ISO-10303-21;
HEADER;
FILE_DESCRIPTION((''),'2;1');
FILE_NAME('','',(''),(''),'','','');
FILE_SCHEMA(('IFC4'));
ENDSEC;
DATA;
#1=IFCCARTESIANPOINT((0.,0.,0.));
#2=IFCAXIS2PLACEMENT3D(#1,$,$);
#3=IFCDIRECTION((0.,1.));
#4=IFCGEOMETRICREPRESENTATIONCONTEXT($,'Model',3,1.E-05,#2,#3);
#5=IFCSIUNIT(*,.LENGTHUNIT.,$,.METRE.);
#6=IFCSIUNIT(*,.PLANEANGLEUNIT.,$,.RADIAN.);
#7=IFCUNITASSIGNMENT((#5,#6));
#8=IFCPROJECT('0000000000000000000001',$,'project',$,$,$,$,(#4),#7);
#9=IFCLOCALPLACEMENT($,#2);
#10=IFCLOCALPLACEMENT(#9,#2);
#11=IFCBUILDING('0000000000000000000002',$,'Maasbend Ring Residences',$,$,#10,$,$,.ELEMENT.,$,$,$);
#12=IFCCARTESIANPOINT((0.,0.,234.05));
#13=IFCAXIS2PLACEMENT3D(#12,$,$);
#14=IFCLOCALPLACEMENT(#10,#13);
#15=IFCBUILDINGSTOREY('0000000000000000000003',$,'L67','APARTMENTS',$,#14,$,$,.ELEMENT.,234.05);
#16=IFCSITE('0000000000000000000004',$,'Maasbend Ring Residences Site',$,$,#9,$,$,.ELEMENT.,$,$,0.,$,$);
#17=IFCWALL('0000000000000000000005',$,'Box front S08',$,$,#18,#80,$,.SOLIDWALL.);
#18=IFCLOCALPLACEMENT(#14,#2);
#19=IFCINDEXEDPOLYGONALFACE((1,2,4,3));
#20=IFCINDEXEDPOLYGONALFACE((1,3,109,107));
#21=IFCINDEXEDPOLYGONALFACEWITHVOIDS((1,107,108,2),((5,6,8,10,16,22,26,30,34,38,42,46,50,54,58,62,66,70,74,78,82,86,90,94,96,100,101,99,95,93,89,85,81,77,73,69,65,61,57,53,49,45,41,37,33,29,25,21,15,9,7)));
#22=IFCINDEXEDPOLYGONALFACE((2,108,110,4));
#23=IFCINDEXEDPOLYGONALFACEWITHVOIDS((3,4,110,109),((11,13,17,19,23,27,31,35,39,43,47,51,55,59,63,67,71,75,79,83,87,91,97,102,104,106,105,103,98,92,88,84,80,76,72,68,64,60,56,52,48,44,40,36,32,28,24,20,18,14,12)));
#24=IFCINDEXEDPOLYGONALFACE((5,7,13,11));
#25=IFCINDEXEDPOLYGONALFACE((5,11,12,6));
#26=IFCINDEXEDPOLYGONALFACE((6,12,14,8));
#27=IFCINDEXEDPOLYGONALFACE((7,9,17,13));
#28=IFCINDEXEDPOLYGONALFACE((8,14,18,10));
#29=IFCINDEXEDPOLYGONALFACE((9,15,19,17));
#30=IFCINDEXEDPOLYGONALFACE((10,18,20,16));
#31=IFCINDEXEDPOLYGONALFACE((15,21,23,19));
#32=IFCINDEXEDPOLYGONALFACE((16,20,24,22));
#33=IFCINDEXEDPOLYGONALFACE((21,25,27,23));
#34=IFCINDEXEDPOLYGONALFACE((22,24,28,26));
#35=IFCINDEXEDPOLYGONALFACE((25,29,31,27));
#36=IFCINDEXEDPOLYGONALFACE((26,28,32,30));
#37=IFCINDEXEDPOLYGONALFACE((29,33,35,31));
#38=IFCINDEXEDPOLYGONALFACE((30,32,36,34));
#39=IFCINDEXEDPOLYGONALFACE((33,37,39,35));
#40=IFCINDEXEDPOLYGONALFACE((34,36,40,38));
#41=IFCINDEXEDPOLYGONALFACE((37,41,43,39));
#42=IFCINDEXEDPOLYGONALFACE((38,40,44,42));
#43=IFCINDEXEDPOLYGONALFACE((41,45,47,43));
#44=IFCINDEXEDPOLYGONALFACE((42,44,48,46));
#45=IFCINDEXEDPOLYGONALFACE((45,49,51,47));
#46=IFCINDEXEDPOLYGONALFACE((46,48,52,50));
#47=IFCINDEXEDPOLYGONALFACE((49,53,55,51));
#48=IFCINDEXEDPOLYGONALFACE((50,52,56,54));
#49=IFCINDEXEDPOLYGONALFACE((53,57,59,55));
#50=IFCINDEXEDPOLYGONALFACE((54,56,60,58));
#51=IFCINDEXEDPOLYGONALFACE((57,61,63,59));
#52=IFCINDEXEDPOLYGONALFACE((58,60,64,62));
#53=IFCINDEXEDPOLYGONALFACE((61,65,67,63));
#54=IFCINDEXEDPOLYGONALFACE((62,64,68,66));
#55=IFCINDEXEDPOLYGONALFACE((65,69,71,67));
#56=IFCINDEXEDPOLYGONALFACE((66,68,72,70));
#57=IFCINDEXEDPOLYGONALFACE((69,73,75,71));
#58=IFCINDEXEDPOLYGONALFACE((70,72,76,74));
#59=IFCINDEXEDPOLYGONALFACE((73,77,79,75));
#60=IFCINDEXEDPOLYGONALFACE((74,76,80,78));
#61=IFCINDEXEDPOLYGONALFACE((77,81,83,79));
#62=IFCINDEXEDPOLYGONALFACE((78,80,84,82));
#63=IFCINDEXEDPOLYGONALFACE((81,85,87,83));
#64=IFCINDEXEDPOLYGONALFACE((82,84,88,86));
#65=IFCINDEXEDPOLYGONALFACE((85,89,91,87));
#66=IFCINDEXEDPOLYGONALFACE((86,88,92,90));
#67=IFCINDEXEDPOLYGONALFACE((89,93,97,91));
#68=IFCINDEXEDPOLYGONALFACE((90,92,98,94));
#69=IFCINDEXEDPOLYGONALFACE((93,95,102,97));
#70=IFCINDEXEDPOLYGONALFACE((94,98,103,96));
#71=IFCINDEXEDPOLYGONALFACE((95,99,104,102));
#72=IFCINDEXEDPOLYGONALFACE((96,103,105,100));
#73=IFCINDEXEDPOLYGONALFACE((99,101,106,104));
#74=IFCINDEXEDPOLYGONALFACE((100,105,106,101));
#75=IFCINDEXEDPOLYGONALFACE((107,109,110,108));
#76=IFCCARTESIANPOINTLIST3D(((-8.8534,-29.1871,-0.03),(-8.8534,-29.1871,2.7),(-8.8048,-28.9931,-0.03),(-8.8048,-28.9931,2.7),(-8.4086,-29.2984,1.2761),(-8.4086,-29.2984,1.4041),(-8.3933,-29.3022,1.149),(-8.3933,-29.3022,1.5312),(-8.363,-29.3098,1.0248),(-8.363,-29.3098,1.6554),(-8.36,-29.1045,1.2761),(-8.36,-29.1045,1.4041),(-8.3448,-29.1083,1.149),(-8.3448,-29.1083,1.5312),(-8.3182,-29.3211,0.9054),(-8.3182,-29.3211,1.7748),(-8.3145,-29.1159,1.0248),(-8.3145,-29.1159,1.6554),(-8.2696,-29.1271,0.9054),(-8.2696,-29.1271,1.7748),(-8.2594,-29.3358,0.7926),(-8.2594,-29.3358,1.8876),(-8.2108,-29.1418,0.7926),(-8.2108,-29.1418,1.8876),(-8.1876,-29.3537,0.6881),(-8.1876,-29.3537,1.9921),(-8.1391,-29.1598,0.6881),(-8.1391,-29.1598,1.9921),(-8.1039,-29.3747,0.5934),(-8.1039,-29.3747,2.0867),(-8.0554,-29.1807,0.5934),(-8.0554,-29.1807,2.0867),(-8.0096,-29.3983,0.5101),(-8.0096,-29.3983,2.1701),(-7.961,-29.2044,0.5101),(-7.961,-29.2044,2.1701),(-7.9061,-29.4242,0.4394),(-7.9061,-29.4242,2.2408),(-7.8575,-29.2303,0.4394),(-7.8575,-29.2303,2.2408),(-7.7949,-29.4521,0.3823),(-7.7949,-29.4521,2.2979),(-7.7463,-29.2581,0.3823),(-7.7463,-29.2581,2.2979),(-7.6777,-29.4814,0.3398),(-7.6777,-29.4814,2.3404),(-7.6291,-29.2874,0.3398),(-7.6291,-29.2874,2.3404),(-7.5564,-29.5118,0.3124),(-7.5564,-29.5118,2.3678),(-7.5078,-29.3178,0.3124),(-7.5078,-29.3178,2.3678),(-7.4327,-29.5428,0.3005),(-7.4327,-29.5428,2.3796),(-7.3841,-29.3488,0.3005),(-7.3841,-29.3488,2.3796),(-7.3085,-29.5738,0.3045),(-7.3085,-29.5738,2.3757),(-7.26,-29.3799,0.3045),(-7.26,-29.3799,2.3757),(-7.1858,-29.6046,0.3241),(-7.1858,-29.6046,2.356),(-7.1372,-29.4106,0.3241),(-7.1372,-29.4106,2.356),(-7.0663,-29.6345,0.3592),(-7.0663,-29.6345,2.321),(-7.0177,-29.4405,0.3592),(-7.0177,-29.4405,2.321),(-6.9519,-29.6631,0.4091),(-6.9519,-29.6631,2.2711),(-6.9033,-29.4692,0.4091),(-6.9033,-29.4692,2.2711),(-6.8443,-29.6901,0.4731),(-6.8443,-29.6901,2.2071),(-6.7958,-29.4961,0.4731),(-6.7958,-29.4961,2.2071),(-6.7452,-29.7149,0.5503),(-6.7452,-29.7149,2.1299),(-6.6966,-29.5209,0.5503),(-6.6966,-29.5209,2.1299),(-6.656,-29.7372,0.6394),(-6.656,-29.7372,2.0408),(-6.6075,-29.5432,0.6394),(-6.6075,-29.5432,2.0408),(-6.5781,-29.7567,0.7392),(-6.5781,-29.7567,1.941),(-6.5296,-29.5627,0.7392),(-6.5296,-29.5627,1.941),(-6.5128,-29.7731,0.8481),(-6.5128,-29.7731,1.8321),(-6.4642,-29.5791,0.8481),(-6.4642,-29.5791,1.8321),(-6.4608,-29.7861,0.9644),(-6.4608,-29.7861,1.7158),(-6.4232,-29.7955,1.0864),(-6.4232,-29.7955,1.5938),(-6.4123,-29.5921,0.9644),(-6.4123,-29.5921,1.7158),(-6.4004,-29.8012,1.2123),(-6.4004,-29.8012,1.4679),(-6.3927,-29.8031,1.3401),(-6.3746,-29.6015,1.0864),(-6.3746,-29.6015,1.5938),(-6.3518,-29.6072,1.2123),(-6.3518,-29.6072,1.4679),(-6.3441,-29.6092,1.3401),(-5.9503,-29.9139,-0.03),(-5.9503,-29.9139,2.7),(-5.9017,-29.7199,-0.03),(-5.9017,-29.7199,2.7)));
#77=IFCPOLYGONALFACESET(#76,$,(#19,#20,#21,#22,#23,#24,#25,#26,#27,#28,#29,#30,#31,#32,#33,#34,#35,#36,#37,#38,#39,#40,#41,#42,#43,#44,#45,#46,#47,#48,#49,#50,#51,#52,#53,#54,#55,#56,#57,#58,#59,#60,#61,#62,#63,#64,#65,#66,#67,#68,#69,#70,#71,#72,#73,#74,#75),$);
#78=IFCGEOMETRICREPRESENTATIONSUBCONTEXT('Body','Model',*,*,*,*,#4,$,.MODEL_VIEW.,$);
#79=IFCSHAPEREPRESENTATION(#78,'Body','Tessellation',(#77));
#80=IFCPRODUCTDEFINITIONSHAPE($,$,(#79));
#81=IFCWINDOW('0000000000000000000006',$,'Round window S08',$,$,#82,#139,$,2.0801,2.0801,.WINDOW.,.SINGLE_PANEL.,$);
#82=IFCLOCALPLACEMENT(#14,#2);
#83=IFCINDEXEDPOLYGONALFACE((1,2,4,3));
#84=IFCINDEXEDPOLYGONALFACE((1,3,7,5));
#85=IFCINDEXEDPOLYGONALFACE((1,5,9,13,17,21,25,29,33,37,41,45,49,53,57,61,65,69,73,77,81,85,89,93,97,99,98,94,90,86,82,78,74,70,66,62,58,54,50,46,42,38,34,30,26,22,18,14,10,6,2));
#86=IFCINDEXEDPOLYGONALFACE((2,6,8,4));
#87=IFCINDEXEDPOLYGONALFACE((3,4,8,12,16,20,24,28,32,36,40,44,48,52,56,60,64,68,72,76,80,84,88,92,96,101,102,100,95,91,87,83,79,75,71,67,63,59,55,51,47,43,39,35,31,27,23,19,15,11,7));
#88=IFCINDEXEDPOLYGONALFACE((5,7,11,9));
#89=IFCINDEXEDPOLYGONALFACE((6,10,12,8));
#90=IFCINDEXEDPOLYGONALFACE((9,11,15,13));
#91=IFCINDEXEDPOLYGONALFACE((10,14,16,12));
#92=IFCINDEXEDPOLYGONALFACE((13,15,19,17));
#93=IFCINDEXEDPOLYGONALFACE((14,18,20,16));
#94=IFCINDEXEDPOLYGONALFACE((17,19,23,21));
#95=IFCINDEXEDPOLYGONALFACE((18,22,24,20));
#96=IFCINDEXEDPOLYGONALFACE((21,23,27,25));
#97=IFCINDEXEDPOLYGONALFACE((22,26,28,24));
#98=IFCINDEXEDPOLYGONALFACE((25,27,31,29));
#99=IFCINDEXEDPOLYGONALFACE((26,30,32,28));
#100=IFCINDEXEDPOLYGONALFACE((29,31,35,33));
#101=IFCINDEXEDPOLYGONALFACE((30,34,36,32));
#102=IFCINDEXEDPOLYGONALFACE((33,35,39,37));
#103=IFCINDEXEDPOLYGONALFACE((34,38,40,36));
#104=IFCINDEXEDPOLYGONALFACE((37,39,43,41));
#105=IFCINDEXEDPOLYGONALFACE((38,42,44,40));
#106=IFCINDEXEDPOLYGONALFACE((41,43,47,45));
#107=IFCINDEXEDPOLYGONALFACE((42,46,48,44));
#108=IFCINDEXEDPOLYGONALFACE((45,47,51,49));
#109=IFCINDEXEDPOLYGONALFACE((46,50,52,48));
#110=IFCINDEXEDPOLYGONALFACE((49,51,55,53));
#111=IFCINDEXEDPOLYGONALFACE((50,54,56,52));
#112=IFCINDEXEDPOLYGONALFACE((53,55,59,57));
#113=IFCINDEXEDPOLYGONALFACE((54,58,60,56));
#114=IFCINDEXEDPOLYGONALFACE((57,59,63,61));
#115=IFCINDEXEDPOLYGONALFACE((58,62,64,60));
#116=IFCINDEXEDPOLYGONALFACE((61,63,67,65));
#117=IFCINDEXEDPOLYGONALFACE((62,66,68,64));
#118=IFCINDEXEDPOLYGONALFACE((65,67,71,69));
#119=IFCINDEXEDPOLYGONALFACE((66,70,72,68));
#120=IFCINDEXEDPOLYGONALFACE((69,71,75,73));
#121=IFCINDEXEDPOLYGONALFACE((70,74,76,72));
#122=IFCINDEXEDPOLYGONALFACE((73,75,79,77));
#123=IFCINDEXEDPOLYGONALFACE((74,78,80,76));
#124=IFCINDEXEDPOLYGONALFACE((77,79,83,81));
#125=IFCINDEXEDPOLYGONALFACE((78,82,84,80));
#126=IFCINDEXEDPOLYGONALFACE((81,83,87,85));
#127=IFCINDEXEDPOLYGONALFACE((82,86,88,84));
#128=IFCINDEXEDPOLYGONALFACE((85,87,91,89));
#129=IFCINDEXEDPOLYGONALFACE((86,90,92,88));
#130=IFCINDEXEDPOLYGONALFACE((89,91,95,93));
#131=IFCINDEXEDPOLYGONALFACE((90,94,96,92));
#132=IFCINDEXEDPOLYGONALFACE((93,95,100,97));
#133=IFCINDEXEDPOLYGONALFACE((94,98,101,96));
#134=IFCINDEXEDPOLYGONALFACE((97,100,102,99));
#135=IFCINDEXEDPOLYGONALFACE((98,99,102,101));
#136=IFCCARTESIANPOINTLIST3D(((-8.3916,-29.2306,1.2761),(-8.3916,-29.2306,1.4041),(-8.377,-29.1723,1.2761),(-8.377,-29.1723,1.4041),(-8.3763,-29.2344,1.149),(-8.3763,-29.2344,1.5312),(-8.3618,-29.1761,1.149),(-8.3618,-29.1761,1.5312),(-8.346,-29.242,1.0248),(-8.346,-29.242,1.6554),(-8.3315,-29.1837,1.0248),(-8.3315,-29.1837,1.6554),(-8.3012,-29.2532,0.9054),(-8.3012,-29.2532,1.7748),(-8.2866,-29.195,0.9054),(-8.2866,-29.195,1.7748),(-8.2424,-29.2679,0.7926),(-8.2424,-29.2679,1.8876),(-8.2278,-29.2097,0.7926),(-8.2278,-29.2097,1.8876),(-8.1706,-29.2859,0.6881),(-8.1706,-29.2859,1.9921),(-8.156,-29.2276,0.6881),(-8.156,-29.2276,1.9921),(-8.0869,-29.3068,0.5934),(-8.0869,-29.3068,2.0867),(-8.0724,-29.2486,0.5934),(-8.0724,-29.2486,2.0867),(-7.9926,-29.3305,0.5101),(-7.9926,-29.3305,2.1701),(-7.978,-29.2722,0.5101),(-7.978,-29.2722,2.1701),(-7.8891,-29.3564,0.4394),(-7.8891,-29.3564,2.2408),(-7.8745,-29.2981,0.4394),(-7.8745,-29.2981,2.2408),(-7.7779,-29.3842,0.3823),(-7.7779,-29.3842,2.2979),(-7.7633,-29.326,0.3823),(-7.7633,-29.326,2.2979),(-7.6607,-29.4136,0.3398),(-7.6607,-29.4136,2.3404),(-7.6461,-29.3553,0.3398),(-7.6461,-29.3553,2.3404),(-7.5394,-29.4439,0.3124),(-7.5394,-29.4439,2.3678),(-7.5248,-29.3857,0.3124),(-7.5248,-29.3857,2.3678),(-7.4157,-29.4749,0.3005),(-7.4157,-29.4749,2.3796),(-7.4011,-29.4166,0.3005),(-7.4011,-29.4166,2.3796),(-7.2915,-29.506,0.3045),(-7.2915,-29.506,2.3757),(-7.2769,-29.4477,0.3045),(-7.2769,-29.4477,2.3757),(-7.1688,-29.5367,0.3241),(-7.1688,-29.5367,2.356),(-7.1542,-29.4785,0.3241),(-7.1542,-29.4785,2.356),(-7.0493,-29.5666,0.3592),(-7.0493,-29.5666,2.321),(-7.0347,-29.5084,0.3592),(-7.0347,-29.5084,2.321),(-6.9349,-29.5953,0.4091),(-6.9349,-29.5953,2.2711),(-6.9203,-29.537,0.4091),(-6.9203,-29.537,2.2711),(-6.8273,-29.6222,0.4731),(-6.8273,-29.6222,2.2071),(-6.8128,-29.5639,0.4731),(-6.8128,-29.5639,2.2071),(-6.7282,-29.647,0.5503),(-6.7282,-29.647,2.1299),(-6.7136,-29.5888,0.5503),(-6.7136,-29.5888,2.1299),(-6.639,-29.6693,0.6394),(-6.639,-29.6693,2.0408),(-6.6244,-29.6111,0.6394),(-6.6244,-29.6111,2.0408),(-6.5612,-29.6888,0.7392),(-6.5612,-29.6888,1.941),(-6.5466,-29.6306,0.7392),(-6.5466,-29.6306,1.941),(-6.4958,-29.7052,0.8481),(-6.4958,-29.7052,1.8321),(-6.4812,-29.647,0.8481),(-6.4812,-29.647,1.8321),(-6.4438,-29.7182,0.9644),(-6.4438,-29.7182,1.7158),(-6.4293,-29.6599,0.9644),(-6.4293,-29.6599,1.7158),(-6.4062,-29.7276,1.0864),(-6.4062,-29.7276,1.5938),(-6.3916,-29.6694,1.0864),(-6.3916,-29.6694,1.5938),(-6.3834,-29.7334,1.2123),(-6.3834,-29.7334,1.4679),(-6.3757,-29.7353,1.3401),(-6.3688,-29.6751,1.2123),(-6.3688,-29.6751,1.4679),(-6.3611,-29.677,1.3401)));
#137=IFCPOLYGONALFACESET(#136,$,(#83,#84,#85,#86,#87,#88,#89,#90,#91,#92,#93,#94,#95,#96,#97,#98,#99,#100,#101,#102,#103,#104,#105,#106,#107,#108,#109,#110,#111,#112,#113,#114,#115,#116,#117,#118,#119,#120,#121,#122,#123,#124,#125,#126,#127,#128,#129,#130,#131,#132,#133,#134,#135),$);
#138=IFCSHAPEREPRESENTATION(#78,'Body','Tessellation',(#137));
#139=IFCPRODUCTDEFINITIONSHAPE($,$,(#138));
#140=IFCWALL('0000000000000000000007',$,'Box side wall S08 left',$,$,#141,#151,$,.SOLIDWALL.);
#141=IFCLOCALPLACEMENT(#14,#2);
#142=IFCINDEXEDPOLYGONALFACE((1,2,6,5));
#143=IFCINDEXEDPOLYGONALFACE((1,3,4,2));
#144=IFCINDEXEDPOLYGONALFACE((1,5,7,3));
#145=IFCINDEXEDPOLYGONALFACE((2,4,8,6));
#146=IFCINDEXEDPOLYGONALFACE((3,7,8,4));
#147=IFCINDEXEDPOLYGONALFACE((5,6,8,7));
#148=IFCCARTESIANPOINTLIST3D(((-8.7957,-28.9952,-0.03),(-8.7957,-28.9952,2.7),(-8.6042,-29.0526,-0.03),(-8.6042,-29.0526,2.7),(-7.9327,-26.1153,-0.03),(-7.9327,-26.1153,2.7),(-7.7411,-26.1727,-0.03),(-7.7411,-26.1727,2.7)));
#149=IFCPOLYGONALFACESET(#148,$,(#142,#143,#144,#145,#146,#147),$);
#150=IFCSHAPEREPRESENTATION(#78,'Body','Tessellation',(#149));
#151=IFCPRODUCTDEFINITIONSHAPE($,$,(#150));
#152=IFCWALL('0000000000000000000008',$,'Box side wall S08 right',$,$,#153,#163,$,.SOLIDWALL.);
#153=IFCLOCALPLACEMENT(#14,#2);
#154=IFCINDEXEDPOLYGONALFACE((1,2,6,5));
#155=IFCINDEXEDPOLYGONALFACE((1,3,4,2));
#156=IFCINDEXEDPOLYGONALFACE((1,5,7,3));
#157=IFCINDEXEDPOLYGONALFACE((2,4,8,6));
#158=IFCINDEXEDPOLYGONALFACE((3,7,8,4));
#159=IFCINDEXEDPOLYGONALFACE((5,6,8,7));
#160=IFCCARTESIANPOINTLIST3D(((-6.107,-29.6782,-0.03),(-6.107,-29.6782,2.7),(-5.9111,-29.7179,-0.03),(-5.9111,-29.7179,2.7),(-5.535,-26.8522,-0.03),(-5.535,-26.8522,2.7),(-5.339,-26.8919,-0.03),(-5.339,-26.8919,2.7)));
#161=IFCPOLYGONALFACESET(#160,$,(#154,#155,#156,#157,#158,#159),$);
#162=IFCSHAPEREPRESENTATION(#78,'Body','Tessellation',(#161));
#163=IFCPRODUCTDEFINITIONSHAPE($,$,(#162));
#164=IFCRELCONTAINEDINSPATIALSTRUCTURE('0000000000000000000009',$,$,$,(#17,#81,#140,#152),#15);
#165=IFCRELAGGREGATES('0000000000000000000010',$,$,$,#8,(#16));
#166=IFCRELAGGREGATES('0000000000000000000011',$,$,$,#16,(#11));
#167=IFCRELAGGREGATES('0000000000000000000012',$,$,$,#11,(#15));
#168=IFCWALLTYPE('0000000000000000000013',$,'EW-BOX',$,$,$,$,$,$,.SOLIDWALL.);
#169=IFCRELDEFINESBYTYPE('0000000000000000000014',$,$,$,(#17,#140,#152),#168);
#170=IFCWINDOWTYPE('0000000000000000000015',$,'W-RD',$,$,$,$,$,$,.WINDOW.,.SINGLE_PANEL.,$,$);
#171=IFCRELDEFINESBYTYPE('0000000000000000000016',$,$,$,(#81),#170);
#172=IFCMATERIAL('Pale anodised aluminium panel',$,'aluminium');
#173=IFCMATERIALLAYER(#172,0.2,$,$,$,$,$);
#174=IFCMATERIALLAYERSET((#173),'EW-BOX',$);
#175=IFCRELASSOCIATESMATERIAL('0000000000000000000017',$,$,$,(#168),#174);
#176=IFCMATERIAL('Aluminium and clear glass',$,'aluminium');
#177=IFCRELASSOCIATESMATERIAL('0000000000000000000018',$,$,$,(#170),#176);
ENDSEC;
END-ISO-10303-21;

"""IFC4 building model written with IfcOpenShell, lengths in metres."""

from ifc_helpers import new_model, si_unit, direction, frame, frame_2d, origin, place, context, subcontext, project, spatial, rectangle, circle, extrude, material, layer, layer_set, type_object, element, fill, save


model = new_model("IFC4")

# Units and contexts
model_context = context("Model", 3, precision=1e-05, world=origin(), true_north=direction((0.0, 1.0)))
body_context = subcontext(model_context, "Body", "Model", "MODEL_VIEW")
ifc_project = project(units=[si_unit("LENGTHUNIT", "METRE"), si_unit("PLANEANGLEUNIT", "RADIAN")], contexts=[model_context])

# Site, building, storey
site_placement = place(None, origin())
site = spatial("IfcSite", under=ifc_project, at=site_placement, Name="Maasbend Ring Residences Site", CompositionType="ELEMENT", RefElevation=0.0)
building_placement = place(site_placement, origin())
building = spatial("IfcBuilding", under=site, at=building_placement, Name="Maasbend Ring Residences", CompositionType="ELEMENT")
storey_placement = place(building_placement, frame((0.0, 0.0, 234.05)))
storey = spatial("IfcBuildingStorey", under=building, at=storey_placement, Name="L67", Description="APARTMENTS", CompositionType="ELEMENT", Elevation=234.05)

# Wall, opening, window
ifc_material_1 = material(Name="Pale anodised aluminium panel", Category="aluminium")
ifc_layer_1 = layer(ifc_material_1, 0.2)
ifc_layer_set_1 = layer_set([ifc_layer_1], Name="EW-BOX")
wall_type_1 = type_object("IfcWallType", Name="EW-BOX", PredefinedType="SOLIDWALL", material=ifc_layer_set_1)
wall_1_placement = place(storey_placement, frame((-8.8291, -29.0901, -0.03), z_axis=(0.0, 0.0, 1.0), x_axis=(0.970061, -0.242862, 0.0)))
wall_1 = element("IfcWall", 1, at=wall_1_placement, inside=storey, type_object=wall_type_1, Name="Box front S08", PredefinedType="SOLIDWALL", context=body_context, shape_type="SweptSolid", body=[
    extrude(rectangle(XDim=2.9927, YDim=0.2, at=frame_2d((1.4963, 0.0))), origin(), (0.0, 0.0, 1.0), 2.73),
])
opening_1_placement = place(wall_1_placement, frame((0.4565, 0.0, 0.3301)))
opening_1 = element("IfcOpeningElement", 2, at=opening_1_placement, cuts=wall_1, PredefinedType="OPENING", context=body_context, shape_type="SweptSolid", body=[
    extrude(circle(Radius=1.04, at=frame_2d((1.04, 1.04))), frame((0.0, 0.1099, 0.0), z_axis=(0.0, -1.0, 0.0), x_axis=(1.0, 0.0, 0.0)), (0.0, 0.0, 1.0), 0.22),
])
ifc_material_2 = material(Name="Aluminium and clear glass", Category="aluminium")
window_type_1 = type_object("IfcWindowType", Name="W-RD", PartitioningType="SINGLE_PANEL", PredefinedType="WINDOW", material=ifc_material_2)
window_1_placement = place(opening_1_placement, origin())
window_1 = element("IfcWindow", 3, at=window_1_placement, inside=storey, type_object=window_type_1, Name="Round window S08", OverallHeight=2.0801, OverallWidth=2.0801, PartitioningType="SINGLE_PANEL", PredefinedType="WINDOW", context=body_context, shape_type="SweptSolid", body=[
    extrude(circle(Radius=1.04, at=frame_2d((1.04, 1.04))), frame((0.0, 0.03, 0.0), z_axis=(0.0, -1.0, 0.0), x_axis=(1.0, 0.0, 0.0)), (0.0, 0.0, 1.0), 0.0601),
])
fill(opening_1, window_1)

# Walls
wall_2_placement = place(storey_placement, frame((-7.8369, -26.144, -0.03), z_axis=(0.0, 0.0, 1.0), x_axis=(-0.287065, -0.957911, 0.0)))
element("IfcWall", 4, at=wall_2_placement, inside=storey, type_object=wall_type_1, Name="Box side wall S08 left", PredefinedType="SOLIDWALL", context=body_context, shape_type="SweptSolid", body=[
    extrude(rectangle(XDim=3.0063, YDim=0.2, at=frame_2d((1.5032, 0.0))), origin(), (0.0, 0.0, 1.0), 2.73),
])
wall_3_placement = place(storey_placement, frame((-5.437, -26.8721, -0.03), z_axis=(0.0, 0.0, 1.0), x_axis=(-0.198395, -0.980122, 0.0)))
element("IfcWall", 5, at=wall_3_placement, inside=storey, type_object=wall_type_1, Name="Box side wall S08 right", PredefinedType="SOLIDWALL", context=body_context, shape_type="SweptSolid", body=[
    extrude(rectangle(XDim=2.8833, YDim=0.2, at=frame_2d((1.4417, 0.0))), origin(), (0.0, 0.0, 1.0), 2.73),
])

save(model, "model.ifc")
